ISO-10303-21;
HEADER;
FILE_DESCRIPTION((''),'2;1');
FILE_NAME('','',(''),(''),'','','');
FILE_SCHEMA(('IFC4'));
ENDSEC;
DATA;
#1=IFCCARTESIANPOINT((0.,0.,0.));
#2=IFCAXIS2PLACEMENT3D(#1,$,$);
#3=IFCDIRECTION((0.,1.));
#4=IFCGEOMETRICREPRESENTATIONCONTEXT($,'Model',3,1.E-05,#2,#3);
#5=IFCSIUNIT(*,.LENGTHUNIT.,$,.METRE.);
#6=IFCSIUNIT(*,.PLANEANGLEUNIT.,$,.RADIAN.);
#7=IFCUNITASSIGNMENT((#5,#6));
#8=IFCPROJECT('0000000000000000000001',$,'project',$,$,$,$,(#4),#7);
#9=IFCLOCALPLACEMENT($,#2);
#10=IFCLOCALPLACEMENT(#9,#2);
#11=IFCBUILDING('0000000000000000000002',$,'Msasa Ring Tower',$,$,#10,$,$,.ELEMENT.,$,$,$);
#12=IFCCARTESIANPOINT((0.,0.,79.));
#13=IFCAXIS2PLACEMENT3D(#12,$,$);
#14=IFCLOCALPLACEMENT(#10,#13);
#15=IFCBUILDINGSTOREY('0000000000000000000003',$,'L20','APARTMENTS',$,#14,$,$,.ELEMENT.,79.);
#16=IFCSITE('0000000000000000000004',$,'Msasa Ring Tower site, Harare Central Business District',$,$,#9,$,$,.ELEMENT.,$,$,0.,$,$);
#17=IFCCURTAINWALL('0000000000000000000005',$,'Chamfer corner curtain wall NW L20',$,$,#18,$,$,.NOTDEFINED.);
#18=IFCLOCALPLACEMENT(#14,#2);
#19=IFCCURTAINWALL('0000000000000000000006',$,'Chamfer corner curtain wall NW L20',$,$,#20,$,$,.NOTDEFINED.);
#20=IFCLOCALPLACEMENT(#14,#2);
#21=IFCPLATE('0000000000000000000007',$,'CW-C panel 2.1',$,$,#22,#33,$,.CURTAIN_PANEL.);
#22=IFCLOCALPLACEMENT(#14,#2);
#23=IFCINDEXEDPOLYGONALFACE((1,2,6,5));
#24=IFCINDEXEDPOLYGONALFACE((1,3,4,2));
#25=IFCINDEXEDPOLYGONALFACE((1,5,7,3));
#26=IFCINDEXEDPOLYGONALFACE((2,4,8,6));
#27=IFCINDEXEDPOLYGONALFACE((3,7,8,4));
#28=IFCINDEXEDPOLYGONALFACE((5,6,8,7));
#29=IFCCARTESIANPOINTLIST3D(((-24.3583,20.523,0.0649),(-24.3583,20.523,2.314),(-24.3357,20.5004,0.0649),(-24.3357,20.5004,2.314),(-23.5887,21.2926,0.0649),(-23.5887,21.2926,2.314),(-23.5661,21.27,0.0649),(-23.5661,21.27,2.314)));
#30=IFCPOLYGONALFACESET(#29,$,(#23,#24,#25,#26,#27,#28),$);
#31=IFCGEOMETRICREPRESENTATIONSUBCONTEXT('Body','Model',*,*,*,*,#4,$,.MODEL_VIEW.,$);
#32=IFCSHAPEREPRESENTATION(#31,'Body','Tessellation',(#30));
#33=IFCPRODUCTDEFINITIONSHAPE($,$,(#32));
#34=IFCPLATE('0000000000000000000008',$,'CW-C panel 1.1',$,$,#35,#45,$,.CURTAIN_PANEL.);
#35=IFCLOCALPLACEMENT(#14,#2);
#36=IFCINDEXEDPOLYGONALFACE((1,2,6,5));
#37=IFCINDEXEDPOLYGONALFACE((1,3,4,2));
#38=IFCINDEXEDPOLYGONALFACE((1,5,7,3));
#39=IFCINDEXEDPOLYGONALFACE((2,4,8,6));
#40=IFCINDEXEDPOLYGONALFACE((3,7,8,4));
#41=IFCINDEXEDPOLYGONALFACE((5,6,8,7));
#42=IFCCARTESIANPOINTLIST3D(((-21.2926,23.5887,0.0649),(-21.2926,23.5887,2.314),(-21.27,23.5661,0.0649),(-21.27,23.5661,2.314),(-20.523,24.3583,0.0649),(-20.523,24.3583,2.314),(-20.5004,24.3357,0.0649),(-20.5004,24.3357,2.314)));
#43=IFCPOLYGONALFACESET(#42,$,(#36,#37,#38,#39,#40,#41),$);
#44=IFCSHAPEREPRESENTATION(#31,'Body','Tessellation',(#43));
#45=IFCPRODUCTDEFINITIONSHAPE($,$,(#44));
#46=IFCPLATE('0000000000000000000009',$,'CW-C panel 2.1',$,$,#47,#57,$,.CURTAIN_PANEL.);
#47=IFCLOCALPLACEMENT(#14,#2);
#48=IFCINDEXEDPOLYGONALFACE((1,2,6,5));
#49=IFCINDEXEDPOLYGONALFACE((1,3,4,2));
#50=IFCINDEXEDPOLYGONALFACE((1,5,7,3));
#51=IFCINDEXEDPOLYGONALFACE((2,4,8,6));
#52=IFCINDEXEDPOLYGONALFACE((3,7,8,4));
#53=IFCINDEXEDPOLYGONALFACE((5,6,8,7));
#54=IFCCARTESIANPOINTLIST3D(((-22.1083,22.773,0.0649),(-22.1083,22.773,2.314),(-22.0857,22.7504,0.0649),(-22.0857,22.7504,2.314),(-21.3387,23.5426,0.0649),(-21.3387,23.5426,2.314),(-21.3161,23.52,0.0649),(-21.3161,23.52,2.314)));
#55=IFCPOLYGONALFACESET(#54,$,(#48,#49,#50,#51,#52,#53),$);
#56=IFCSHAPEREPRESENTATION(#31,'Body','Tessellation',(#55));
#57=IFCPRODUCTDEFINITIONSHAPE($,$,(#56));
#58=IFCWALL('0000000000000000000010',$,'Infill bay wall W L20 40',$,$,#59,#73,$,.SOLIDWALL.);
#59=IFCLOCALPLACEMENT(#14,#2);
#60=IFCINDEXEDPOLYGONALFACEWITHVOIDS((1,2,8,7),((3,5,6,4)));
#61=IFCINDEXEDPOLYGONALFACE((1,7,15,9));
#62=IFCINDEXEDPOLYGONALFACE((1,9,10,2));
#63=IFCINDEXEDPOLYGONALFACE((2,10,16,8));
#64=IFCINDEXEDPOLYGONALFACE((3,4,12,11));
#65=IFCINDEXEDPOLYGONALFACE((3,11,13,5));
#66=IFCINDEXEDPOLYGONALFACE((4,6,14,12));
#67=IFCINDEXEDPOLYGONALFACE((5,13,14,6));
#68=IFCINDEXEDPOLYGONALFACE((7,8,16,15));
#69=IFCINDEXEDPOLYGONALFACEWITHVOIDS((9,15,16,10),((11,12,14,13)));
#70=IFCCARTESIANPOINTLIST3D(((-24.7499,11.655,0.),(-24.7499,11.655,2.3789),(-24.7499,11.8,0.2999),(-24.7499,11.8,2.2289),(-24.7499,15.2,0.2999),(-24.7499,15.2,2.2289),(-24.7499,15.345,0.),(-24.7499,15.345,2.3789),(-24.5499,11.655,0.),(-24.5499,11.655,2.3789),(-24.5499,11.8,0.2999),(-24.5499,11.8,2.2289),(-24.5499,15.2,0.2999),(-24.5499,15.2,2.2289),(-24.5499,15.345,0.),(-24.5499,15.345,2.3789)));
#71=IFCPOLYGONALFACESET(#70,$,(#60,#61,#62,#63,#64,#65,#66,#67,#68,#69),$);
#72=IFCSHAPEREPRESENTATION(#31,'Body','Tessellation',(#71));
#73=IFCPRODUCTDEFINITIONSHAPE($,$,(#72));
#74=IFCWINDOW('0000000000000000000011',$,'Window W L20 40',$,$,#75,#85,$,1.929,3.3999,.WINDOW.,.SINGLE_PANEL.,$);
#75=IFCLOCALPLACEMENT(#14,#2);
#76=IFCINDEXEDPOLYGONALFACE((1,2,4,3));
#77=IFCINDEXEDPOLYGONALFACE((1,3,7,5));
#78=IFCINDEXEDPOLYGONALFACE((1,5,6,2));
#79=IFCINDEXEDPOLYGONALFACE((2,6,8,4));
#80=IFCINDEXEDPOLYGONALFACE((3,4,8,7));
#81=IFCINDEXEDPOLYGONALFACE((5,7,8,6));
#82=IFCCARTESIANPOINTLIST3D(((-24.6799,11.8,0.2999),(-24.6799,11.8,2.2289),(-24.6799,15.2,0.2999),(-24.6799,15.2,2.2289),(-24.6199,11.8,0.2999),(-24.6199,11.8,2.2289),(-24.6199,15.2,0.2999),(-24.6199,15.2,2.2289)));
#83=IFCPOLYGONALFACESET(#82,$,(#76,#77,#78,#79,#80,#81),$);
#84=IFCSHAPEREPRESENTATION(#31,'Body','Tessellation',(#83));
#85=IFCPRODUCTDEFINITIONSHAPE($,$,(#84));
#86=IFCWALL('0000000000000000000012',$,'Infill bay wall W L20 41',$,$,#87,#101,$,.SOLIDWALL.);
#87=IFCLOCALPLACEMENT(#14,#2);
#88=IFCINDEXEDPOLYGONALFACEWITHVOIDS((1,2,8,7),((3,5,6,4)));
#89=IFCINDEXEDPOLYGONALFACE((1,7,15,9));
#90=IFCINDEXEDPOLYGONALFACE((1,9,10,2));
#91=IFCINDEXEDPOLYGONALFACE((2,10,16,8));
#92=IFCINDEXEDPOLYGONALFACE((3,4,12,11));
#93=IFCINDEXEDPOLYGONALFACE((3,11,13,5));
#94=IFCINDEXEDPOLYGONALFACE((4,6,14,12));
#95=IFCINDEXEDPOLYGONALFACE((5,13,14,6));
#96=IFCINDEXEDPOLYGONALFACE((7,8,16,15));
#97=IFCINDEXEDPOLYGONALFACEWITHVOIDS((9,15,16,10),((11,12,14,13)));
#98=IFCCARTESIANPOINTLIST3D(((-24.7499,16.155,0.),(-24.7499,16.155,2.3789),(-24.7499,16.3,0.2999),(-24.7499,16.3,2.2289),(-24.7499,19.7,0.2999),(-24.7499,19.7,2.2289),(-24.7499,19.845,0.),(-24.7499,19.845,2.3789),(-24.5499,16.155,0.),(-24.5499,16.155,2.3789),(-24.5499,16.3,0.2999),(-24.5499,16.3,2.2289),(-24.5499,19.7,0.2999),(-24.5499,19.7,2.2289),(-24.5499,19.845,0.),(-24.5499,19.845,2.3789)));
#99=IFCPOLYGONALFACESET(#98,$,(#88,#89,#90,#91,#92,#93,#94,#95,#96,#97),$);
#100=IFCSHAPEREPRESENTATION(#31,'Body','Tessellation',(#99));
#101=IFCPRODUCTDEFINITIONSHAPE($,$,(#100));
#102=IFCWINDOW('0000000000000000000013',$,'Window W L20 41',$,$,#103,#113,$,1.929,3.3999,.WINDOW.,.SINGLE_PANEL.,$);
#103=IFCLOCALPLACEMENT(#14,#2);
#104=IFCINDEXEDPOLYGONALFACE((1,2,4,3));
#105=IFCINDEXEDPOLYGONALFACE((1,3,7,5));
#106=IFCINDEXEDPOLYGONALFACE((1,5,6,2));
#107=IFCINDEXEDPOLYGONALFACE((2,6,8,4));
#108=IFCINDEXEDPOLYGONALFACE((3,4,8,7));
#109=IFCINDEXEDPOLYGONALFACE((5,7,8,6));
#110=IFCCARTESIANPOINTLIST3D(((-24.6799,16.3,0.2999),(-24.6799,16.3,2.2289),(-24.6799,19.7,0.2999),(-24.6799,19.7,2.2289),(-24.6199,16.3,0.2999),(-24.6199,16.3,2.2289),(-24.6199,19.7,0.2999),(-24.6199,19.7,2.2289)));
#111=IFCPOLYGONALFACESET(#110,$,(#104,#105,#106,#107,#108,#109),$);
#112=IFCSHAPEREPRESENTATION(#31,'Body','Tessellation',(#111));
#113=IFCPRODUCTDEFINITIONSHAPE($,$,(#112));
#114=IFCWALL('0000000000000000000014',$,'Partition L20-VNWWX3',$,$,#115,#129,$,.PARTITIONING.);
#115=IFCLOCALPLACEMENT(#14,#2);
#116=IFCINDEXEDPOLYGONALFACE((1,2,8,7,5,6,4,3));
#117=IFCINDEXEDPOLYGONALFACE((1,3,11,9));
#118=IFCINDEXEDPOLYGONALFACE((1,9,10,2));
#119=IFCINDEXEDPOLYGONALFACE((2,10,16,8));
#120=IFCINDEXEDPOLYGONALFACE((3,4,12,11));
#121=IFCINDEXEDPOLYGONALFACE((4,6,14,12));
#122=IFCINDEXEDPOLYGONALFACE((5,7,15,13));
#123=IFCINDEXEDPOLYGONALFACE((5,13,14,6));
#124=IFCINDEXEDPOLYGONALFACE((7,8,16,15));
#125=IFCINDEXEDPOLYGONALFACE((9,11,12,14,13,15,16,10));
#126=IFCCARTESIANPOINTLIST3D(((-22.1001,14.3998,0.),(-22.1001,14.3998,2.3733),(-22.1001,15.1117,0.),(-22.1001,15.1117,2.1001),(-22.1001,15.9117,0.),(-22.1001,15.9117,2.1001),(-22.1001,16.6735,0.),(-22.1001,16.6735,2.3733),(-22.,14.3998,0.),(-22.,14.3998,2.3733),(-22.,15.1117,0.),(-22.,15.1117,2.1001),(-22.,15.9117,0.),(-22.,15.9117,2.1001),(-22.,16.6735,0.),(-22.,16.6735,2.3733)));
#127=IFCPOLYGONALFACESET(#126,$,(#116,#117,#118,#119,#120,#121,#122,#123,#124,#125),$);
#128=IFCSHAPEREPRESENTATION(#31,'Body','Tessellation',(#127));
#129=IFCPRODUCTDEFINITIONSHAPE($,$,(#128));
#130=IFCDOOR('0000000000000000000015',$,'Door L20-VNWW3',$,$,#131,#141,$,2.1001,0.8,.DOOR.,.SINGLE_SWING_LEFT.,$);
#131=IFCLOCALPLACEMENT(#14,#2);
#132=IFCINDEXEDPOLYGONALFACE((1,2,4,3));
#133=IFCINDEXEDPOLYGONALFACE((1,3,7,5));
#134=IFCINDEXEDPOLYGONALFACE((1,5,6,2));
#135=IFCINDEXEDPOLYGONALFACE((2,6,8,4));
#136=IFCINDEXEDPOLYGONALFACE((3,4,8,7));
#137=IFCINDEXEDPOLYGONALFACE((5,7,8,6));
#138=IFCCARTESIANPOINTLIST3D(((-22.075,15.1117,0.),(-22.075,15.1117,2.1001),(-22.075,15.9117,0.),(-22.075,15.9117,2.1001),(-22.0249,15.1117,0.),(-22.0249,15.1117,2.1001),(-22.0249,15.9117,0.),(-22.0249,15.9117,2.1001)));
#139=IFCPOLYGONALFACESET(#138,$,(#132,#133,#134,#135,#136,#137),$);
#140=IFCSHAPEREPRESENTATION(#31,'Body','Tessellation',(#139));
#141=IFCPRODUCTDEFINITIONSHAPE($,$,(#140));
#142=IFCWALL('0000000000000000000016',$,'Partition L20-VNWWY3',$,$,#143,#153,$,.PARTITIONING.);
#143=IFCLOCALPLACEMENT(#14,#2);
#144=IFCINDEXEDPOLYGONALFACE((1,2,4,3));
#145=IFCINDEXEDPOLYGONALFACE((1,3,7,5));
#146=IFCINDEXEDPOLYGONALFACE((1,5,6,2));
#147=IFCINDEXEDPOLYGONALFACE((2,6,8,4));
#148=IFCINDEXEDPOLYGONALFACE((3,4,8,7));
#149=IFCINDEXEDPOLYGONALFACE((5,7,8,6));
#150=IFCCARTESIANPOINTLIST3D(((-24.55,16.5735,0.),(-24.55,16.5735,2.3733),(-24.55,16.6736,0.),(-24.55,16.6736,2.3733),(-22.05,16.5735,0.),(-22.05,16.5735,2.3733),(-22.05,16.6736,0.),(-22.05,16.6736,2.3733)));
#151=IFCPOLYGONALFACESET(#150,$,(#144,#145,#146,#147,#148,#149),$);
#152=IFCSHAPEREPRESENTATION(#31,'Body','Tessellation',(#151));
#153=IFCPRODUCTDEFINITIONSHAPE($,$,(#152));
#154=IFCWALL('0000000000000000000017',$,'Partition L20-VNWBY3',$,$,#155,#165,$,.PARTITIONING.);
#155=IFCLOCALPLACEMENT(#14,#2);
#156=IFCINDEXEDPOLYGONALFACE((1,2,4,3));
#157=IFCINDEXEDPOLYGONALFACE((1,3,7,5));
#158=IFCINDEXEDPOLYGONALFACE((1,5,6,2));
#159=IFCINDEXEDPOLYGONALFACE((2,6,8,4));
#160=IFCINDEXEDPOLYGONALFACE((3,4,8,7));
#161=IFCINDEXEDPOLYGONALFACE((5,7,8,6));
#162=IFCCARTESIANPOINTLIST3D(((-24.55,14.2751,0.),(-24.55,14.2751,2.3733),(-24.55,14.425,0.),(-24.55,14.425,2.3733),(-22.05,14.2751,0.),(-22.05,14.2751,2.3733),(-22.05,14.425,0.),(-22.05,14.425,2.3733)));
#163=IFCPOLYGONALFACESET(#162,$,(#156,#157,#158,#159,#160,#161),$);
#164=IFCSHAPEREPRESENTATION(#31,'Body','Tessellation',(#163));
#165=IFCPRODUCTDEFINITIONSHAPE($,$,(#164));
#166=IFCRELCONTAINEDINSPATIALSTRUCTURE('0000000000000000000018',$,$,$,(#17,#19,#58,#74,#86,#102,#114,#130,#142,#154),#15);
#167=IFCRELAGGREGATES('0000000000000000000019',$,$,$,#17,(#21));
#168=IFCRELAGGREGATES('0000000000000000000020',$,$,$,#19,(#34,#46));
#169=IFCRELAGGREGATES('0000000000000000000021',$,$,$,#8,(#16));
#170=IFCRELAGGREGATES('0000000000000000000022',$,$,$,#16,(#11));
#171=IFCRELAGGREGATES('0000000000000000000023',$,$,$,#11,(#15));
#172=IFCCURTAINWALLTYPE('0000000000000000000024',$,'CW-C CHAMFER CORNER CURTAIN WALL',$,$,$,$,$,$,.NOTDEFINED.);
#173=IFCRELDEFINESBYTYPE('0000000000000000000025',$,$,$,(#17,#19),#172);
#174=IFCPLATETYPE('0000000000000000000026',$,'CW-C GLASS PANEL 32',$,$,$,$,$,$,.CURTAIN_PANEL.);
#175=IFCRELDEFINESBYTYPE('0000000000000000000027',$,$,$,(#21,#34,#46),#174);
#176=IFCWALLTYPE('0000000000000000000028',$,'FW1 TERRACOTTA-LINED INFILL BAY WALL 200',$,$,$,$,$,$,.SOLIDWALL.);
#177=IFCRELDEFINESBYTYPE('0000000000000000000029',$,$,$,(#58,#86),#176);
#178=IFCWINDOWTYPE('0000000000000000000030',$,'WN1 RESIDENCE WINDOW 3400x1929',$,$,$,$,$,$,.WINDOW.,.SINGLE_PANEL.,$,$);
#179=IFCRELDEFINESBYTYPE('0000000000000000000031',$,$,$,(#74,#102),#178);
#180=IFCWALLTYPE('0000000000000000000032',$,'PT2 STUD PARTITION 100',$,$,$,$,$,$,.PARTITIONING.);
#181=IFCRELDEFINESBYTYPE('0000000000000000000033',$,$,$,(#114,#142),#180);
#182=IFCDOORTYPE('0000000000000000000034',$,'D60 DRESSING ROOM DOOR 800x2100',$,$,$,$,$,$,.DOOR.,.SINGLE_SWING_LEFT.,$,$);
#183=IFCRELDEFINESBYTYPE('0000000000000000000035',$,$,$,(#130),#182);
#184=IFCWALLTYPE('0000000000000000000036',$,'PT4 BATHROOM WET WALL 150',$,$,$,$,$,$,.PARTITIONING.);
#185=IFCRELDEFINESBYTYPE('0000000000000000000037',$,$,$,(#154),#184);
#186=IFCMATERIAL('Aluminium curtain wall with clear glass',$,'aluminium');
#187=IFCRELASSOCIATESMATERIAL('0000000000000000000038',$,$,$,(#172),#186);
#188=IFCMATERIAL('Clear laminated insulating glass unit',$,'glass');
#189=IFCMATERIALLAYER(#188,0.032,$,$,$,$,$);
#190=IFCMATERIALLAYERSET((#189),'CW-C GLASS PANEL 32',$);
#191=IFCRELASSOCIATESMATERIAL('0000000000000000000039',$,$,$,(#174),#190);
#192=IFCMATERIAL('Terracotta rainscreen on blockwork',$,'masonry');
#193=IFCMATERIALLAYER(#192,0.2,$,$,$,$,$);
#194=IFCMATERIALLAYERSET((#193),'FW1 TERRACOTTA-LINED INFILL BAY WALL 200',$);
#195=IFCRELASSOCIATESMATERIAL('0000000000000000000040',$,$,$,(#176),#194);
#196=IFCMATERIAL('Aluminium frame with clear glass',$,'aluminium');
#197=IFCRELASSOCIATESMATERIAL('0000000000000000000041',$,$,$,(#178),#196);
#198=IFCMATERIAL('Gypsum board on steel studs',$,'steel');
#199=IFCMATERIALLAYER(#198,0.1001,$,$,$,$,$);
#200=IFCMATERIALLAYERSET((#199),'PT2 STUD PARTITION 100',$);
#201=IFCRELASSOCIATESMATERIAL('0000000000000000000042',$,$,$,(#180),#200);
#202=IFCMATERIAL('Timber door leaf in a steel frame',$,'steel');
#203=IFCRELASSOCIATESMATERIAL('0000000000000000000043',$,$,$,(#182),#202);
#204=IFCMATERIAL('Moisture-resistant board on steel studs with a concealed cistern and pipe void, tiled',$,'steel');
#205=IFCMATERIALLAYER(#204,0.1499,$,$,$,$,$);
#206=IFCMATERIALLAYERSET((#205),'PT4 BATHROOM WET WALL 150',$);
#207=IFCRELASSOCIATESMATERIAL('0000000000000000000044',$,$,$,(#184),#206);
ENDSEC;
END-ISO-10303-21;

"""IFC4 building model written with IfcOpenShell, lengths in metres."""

from ifc_helpers import new_model, si_unit, direction, frame, frame_2d, origin, origin_2d, place, context, subcontext, project, spatial, rectangle, extrude, material, layer, layer_set, type_object, element, fill, aggregate, save


model = new_model("IFC4")

# Units and contexts
model_context = context("Model", 3, precision=1e-05, world=origin(), true_north=direction((0.0, 1.0)))
body_context = subcontext(model_context, "Body", "Model", "MODEL_VIEW")
ifc_project = project(units=[si_unit("LENGTHUNIT", "METRE"), si_unit("PLANEANGLEUNIT", "RADIAN")], contexts=[model_context])

# Site, building, storey
site_placement = place(None, origin())
site = spatial("IfcSite", under=ifc_project, at=site_placement, Name="Msasa Ring Tower site, Harare Central Business District", CompositionType="ELEMENT", RefElevation=0.0)
building_placement = place(site_placement, origin())
building = spatial("IfcBuilding", under=site, at=building_placement, Name="Msasa Ring Tower", CompositionType="ELEMENT")
storey_placement = place(building_placement, frame((0.0, 0.0, 79.0)))
storey = spatial("IfcBuildingStorey", under=building, at=storey_placement, Name="L20", Description="APARTMENTS", CompositionType="ELEMENT", Elevation=79.0)

# Curtain walls
ifc_material_1 = material(Name="Aluminium curtain wall with clear glass", Category="aluminium")
curtain_wall_type = type_object("IfcCurtainWallType", Name="CW-C CHAMFER CORNER CURTAIN WALL", PredefinedType="NOTDEFINED", material=ifc_material_1)
curtain_wall_1_placement = place(storey_placement, origin())
curtain_wall_1 = element("IfcCurtainWall", 1, at=curtain_wall_1_placement, inside=storey, type_object=curtain_wall_type, Name="Chamfer corner curtain wall NW L20", PredefinedType="NOTDEFINED")
curtain_wall_2_placement = place(storey_placement, origin())
curtain_wall_2 = element("IfcCurtainWall", 2, at=curtain_wall_2_placement, inside=storey, type_object=curtain_wall_type, Name="Chamfer corner curtain wall NW L20", PredefinedType="NOTDEFINED")

# Plates
ifc_material_2 = material(Name="Clear laminated insulating glass unit", Category="glass")
ifc_layer_1 = layer(ifc_material_2, 0.032)
ifc_layer_set_1 = layer_set([ifc_layer_1], Name="CW-C GLASS PANEL 32")
plate_type = type_object("IfcPlateType", Name="CW-C GLASS PANEL 32", PredefinedType="CURTAIN_PANEL", material=ifc_layer_set_1)
plate_1_placement = place(storey_placement, frame((-23.9622, 20.8965, 0.0649), z_axis=(0.0, 0.0, 1.0), x_axis=(-0.707107, -0.707107, 0.0)))
plate_1 = element("IfcPlate", 3, at=plate_1_placement, type_object=plate_type, Name="CW-C panel 2.1", PredefinedType="CURTAIN_PANEL", context=body_context, shape_type="SweptSolid", body=[
    extrude(rectangle(XDim=1.0884, YDim=0.032, at=origin_2d()), origin(), (0.0, 0.0, 1.0), 2.249),
])
aggregate(curtain_wall_1, [plate_1])
plate_2_placement = place(storey_placement, frame((-20.8965, 23.9622, 0.0649), z_axis=(0.0, 0.0, 1.0), x_axis=(-0.707107, -0.707107, 0.0)))
plate_2 = element("IfcPlate", 4, at=plate_2_placement, type_object=plate_type, Name="CW-C panel 1.1", PredefinedType="CURTAIN_PANEL", context=body_context, shape_type="SweptSolid", body=[
    extrude(rectangle(XDim=1.0884, YDim=0.032, at=origin_2d()), origin(), (0.0, 0.0, 1.0), 2.249),
])
plate_3_placement = place(storey_placement, frame((-21.7122, 23.1465, 0.0649), z_axis=(0.0, 0.0, 1.0), x_axis=(-0.707107, -0.707107, 0.0)))
plate_3 = element("IfcPlate", 5, at=plate_3_placement, type_object=plate_type, Name="CW-C panel 2.1", PredefinedType="CURTAIN_PANEL", context=body_context, shape_type="SweptSolid", body=[
    extrude(rectangle(XDim=1.0884, YDim=0.032, at=origin_2d()), origin(), (0.0, 0.0, 1.0), 2.249),
])
aggregate(curtain_wall_2, [plate_2, plate_3])

# Walls, openings, windows
ifc_material_3 = material(Name="Terracotta rainscreen on blockwork", Category="masonry")
ifc_layer_2 = layer(ifc_material_3, 0.2)
ifc_layer_set_2 = layer_set([ifc_layer_2], Name="FW1 TERRACOTTA-LINED INFILL BAY WALL 200")
wall_type_1 = type_object("IfcWallType", Name="FW1 TERRACOTTA-LINED INFILL BAY WALL 200", PredefinedType="SOLIDWALL", material=ifc_layer_set_2)
wall_1_placement = place(storey_placement, frame((-24.6499, 11.655, 0.0), z_axis=(0.0, 0.0, 1.0), x_axis=(0.0, 1.0, 0.0)))
wall_1 = element("IfcWall", 6, at=wall_1_placement, inside=storey, type_object=wall_type_1, Name="Infill bay wall W L20 40", PredefinedType="SOLIDWALL", context=body_context, shape_type="SweptSolid", body=[
    extrude(rectangle(XDim=3.6899, YDim=0.2, at=frame_2d((1.845, 0.0))), origin(), (0.0, 0.0, 1.0), 2.3789),
])
opening_1_placement = place(wall_1_placement, frame((0.145, 0.0, 0.3)))
opening_1 = element("IfcOpeningElement", 7, at=opening_1_placement, cuts=wall_1, PredefinedType="OPENING", context=body_context, shape_type="SweptSolid", body=[
    extrude(rectangle(XDim=3.3999, YDim=1.929, at=frame_2d((1.7, 0.9644))), frame((0.0, 0.1099, 0.0), z_axis=(0.0, -1.0, 0.0), x_axis=(1.0, 0.0, 0.0)), (0.0, 0.0, 1.0), 0.22),
])
ifc_material_4 = material(Name="Aluminium frame with clear glass", Category="aluminium")
window_type = type_object("IfcWindowType", Name="WN1 RESIDENCE WINDOW 3400x1929", PartitioningType="SINGLE_PANEL", PredefinedType="WINDOW", material=ifc_material_4)
window_1_placement = place(opening_1_placement, origin())
window_1 = element("IfcWindow", 8, at=window_1_placement, inside=storey, type_object=window_type, Name="Window W L20 40", OverallHeight=1.929, OverallWidth=3.3999, PartitioningType="SINGLE_PANEL", PredefinedType="WINDOW", context=body_context, shape_type="SweptSolid", body=[
    extrude(rectangle(XDim=3.3999, YDim=1.929, at=frame_2d((1.7, 0.9644))), frame((0.0, 0.03, 0.0), z_axis=(0.0, -1.0, 0.0), x_axis=(1.0, 0.0, 0.0)), (0.0, 0.0, 1.0), 0.0601),
])
fill(opening_1, window_1)
wall_2_placement = place(storey_placement, frame((-24.6499, 16.155, 0.0), z_axis=(0.0, 0.0, 1.0), x_axis=(0.0, 1.0, 0.0)))
wall_2 = element("IfcWall", 9, at=wall_2_placement, inside=storey, type_object=wall_type_1, Name="Infill bay wall W L20 41", PredefinedType="SOLIDWALL", context=body_context, shape_type="SweptSolid", body=[
    extrude(rectangle(XDim=3.6899, YDim=0.2, at=frame_2d((1.845, 0.0))), origin(), (0.0, 0.0, 1.0), 2.3789),
])
opening_2_placement = place(wall_2_placement, frame((0.145, 0.0, 0.3)))
opening_2 = element("IfcOpeningElement", 10, at=opening_2_placement, cuts=wall_2, PredefinedType="OPENING", context=body_context, shape_type="SweptSolid", body=[
    extrude(rectangle(XDim=3.3999, YDim=1.929, at=frame_2d((1.7, 0.9644))), frame((0.0, 0.1099, 0.0), z_axis=(0.0, -1.0, 0.0), x_axis=(1.0, 0.0, 0.0)), (0.0, 0.0, 1.0), 0.22),
])
window_2_placement = place(opening_2_placement, origin())
window_2 = element("IfcWindow", 11, at=window_2_placement, inside=storey, type_object=window_type, Name="Window W L20 41", OverallHeight=1.929, OverallWidth=3.3999, PartitioningType="SINGLE_PANEL", PredefinedType="WINDOW", context=body_context, shape_type="SweptSolid", body=[
    extrude(rectangle(XDim=3.3999, YDim=1.929, at=frame_2d((1.7, 0.9644))), frame((0.0, 0.03, 0.0), z_axis=(0.0, -1.0, 0.0), x_axis=(1.0, 0.0, 0.0)), (0.0, 0.0, 1.0), 0.0601),
])
fill(opening_2, window_2)

# Wall, opening, door
ifc_material_5 = material(Name="Gypsum board on steel studs", Category="steel")
ifc_layer_3 = layer(ifc_material_5, 0.1001)
ifc_layer_set_3 = layer_set([ifc_layer_3], Name="PT2 STUD PARTITION 100")
wall_type_2 = type_object("IfcWallType", Name="PT2 STUD PARTITION 100", PredefinedType="PARTITIONING", material=ifc_layer_set_3)
wall_3_placement = place(storey_placement, frame((-22.05, 14.3999, 0.0), z_axis=(0.0, 0.0, 1.0), x_axis=(0.0, 1.0, 0.0)))
wall_3 = element("IfcWall", 12, at=wall_3_placement, inside=storey, type_object=wall_type_2, Name="Partition L20-VNWWX3", PredefinedType="PARTITIONING", context=body_context, shape_type="SweptSolid", body=[
    extrude(rectangle(XDim=2.2737, YDim=0.1001, at=frame_2d((1.1367, 0.0))), origin(), (0.0, 0.0, 1.0), 2.3733),
])
opening_3_placement = place(wall_3_placement, frame((0.7119, 0.0, 0.0)))
opening_3 = element("IfcOpeningElement", 13, at=opening_3_placement, cuts=wall_3, PredefinedType="OPENING", context=body_context, shape_type="SweptSolid", body=[
    extrude(rectangle(XDim=0.8, YDim=2.1001, at=frame_2d((0.3999, 1.05))), frame((0.0, 0.0601, 0.0), z_axis=(0.0, -1.0, 0.0), x_axis=(1.0, 0.0, 0.0)), (0.0, 0.0, 1.0), 0.1201),
])
ifc_material_6 = material(Name="Timber door leaf in a steel frame", Category="steel")
door_type = type_object("IfcDoorType", Name="D60 DRESSING ROOM DOOR 800x2100", OperationType="SINGLE_SWING_LEFT", PredefinedType="DOOR", material=ifc_material_6)
door_placement = place(opening_3_placement, origin())
door = element("IfcDoor", 14, at=door_placement, inside=storey, type_object=door_type, Name="Door L20-VNWW3", OperationType="SINGLE_SWING_LEFT", OverallHeight=2.1001, OverallWidth=0.8, PredefinedType="DOOR", context=body_context, shape_type="SweptSolid", body=[
    extrude(rectangle(XDim=0.8, YDim=2.1001, at=frame_2d((0.3999, 1.05))), frame((0.0, 0.0249, 0.0), z_axis=(0.0, -1.0, 0.0), x_axis=(1.0, 0.0, 0.0)), (0.0, 0.0, 1.0), 0.05),
])
fill(opening_3, door)

# Walls
wall_4_placement = place(storey_placement, frame((-24.55, 16.6235, 0.0), z_axis=(0.0, 0.0, 1.0), x_axis=(1.0, 0.0, 0.0)))
element("IfcWall", 15, at=wall_4_placement, inside=storey, type_object=wall_type_2, Name="Partition L20-VNWWY3", PredefinedType="PARTITIONING", context=body_context, shape_type="SweptSolid", body=[
    extrude(rectangle(XDim=2.5, YDim=0.1001, at=frame_2d((1.25, 0.0))), origin(), (0.0, 0.0, 1.0), 2.3733),
])
ifc_material_7 = material(Name="Moisture-resistant board on steel studs with a concealed cistern and pipe void, tiled", Category="steel")
ifc_layer_4 = layer(ifc_material_7, 0.1499)
ifc_layer_set_4 = layer_set([ifc_layer_4], Name="PT4 BATHROOM WET WALL 150")
wall_type_3 = type_object("IfcWallType", Name="PT4 BATHROOM WET WALL 150", PredefinedType="PARTITIONING", material=ifc_layer_set_4)
wall_5_placement = place(storey_placement, frame((-24.55, 14.3501, 0.0), z_axis=(0.0, 0.0, 1.0), x_axis=(1.0, 0.0, 0.0)))
element("IfcWall", 16, at=wall_5_placement, inside=storey, type_object=wall_type_3, Name="Partition L20-VNWBY3", PredefinedType="PARTITIONING", context=body_context, shape_type="SweptSolid", body=[
    extrude(rectangle(XDim=2.5, YDim=0.1499, at=frame_2d((1.25, 0.0))), origin(), (0.0, 0.0, 1.0), 2.3733),
])

save(model, "model.ifc")
